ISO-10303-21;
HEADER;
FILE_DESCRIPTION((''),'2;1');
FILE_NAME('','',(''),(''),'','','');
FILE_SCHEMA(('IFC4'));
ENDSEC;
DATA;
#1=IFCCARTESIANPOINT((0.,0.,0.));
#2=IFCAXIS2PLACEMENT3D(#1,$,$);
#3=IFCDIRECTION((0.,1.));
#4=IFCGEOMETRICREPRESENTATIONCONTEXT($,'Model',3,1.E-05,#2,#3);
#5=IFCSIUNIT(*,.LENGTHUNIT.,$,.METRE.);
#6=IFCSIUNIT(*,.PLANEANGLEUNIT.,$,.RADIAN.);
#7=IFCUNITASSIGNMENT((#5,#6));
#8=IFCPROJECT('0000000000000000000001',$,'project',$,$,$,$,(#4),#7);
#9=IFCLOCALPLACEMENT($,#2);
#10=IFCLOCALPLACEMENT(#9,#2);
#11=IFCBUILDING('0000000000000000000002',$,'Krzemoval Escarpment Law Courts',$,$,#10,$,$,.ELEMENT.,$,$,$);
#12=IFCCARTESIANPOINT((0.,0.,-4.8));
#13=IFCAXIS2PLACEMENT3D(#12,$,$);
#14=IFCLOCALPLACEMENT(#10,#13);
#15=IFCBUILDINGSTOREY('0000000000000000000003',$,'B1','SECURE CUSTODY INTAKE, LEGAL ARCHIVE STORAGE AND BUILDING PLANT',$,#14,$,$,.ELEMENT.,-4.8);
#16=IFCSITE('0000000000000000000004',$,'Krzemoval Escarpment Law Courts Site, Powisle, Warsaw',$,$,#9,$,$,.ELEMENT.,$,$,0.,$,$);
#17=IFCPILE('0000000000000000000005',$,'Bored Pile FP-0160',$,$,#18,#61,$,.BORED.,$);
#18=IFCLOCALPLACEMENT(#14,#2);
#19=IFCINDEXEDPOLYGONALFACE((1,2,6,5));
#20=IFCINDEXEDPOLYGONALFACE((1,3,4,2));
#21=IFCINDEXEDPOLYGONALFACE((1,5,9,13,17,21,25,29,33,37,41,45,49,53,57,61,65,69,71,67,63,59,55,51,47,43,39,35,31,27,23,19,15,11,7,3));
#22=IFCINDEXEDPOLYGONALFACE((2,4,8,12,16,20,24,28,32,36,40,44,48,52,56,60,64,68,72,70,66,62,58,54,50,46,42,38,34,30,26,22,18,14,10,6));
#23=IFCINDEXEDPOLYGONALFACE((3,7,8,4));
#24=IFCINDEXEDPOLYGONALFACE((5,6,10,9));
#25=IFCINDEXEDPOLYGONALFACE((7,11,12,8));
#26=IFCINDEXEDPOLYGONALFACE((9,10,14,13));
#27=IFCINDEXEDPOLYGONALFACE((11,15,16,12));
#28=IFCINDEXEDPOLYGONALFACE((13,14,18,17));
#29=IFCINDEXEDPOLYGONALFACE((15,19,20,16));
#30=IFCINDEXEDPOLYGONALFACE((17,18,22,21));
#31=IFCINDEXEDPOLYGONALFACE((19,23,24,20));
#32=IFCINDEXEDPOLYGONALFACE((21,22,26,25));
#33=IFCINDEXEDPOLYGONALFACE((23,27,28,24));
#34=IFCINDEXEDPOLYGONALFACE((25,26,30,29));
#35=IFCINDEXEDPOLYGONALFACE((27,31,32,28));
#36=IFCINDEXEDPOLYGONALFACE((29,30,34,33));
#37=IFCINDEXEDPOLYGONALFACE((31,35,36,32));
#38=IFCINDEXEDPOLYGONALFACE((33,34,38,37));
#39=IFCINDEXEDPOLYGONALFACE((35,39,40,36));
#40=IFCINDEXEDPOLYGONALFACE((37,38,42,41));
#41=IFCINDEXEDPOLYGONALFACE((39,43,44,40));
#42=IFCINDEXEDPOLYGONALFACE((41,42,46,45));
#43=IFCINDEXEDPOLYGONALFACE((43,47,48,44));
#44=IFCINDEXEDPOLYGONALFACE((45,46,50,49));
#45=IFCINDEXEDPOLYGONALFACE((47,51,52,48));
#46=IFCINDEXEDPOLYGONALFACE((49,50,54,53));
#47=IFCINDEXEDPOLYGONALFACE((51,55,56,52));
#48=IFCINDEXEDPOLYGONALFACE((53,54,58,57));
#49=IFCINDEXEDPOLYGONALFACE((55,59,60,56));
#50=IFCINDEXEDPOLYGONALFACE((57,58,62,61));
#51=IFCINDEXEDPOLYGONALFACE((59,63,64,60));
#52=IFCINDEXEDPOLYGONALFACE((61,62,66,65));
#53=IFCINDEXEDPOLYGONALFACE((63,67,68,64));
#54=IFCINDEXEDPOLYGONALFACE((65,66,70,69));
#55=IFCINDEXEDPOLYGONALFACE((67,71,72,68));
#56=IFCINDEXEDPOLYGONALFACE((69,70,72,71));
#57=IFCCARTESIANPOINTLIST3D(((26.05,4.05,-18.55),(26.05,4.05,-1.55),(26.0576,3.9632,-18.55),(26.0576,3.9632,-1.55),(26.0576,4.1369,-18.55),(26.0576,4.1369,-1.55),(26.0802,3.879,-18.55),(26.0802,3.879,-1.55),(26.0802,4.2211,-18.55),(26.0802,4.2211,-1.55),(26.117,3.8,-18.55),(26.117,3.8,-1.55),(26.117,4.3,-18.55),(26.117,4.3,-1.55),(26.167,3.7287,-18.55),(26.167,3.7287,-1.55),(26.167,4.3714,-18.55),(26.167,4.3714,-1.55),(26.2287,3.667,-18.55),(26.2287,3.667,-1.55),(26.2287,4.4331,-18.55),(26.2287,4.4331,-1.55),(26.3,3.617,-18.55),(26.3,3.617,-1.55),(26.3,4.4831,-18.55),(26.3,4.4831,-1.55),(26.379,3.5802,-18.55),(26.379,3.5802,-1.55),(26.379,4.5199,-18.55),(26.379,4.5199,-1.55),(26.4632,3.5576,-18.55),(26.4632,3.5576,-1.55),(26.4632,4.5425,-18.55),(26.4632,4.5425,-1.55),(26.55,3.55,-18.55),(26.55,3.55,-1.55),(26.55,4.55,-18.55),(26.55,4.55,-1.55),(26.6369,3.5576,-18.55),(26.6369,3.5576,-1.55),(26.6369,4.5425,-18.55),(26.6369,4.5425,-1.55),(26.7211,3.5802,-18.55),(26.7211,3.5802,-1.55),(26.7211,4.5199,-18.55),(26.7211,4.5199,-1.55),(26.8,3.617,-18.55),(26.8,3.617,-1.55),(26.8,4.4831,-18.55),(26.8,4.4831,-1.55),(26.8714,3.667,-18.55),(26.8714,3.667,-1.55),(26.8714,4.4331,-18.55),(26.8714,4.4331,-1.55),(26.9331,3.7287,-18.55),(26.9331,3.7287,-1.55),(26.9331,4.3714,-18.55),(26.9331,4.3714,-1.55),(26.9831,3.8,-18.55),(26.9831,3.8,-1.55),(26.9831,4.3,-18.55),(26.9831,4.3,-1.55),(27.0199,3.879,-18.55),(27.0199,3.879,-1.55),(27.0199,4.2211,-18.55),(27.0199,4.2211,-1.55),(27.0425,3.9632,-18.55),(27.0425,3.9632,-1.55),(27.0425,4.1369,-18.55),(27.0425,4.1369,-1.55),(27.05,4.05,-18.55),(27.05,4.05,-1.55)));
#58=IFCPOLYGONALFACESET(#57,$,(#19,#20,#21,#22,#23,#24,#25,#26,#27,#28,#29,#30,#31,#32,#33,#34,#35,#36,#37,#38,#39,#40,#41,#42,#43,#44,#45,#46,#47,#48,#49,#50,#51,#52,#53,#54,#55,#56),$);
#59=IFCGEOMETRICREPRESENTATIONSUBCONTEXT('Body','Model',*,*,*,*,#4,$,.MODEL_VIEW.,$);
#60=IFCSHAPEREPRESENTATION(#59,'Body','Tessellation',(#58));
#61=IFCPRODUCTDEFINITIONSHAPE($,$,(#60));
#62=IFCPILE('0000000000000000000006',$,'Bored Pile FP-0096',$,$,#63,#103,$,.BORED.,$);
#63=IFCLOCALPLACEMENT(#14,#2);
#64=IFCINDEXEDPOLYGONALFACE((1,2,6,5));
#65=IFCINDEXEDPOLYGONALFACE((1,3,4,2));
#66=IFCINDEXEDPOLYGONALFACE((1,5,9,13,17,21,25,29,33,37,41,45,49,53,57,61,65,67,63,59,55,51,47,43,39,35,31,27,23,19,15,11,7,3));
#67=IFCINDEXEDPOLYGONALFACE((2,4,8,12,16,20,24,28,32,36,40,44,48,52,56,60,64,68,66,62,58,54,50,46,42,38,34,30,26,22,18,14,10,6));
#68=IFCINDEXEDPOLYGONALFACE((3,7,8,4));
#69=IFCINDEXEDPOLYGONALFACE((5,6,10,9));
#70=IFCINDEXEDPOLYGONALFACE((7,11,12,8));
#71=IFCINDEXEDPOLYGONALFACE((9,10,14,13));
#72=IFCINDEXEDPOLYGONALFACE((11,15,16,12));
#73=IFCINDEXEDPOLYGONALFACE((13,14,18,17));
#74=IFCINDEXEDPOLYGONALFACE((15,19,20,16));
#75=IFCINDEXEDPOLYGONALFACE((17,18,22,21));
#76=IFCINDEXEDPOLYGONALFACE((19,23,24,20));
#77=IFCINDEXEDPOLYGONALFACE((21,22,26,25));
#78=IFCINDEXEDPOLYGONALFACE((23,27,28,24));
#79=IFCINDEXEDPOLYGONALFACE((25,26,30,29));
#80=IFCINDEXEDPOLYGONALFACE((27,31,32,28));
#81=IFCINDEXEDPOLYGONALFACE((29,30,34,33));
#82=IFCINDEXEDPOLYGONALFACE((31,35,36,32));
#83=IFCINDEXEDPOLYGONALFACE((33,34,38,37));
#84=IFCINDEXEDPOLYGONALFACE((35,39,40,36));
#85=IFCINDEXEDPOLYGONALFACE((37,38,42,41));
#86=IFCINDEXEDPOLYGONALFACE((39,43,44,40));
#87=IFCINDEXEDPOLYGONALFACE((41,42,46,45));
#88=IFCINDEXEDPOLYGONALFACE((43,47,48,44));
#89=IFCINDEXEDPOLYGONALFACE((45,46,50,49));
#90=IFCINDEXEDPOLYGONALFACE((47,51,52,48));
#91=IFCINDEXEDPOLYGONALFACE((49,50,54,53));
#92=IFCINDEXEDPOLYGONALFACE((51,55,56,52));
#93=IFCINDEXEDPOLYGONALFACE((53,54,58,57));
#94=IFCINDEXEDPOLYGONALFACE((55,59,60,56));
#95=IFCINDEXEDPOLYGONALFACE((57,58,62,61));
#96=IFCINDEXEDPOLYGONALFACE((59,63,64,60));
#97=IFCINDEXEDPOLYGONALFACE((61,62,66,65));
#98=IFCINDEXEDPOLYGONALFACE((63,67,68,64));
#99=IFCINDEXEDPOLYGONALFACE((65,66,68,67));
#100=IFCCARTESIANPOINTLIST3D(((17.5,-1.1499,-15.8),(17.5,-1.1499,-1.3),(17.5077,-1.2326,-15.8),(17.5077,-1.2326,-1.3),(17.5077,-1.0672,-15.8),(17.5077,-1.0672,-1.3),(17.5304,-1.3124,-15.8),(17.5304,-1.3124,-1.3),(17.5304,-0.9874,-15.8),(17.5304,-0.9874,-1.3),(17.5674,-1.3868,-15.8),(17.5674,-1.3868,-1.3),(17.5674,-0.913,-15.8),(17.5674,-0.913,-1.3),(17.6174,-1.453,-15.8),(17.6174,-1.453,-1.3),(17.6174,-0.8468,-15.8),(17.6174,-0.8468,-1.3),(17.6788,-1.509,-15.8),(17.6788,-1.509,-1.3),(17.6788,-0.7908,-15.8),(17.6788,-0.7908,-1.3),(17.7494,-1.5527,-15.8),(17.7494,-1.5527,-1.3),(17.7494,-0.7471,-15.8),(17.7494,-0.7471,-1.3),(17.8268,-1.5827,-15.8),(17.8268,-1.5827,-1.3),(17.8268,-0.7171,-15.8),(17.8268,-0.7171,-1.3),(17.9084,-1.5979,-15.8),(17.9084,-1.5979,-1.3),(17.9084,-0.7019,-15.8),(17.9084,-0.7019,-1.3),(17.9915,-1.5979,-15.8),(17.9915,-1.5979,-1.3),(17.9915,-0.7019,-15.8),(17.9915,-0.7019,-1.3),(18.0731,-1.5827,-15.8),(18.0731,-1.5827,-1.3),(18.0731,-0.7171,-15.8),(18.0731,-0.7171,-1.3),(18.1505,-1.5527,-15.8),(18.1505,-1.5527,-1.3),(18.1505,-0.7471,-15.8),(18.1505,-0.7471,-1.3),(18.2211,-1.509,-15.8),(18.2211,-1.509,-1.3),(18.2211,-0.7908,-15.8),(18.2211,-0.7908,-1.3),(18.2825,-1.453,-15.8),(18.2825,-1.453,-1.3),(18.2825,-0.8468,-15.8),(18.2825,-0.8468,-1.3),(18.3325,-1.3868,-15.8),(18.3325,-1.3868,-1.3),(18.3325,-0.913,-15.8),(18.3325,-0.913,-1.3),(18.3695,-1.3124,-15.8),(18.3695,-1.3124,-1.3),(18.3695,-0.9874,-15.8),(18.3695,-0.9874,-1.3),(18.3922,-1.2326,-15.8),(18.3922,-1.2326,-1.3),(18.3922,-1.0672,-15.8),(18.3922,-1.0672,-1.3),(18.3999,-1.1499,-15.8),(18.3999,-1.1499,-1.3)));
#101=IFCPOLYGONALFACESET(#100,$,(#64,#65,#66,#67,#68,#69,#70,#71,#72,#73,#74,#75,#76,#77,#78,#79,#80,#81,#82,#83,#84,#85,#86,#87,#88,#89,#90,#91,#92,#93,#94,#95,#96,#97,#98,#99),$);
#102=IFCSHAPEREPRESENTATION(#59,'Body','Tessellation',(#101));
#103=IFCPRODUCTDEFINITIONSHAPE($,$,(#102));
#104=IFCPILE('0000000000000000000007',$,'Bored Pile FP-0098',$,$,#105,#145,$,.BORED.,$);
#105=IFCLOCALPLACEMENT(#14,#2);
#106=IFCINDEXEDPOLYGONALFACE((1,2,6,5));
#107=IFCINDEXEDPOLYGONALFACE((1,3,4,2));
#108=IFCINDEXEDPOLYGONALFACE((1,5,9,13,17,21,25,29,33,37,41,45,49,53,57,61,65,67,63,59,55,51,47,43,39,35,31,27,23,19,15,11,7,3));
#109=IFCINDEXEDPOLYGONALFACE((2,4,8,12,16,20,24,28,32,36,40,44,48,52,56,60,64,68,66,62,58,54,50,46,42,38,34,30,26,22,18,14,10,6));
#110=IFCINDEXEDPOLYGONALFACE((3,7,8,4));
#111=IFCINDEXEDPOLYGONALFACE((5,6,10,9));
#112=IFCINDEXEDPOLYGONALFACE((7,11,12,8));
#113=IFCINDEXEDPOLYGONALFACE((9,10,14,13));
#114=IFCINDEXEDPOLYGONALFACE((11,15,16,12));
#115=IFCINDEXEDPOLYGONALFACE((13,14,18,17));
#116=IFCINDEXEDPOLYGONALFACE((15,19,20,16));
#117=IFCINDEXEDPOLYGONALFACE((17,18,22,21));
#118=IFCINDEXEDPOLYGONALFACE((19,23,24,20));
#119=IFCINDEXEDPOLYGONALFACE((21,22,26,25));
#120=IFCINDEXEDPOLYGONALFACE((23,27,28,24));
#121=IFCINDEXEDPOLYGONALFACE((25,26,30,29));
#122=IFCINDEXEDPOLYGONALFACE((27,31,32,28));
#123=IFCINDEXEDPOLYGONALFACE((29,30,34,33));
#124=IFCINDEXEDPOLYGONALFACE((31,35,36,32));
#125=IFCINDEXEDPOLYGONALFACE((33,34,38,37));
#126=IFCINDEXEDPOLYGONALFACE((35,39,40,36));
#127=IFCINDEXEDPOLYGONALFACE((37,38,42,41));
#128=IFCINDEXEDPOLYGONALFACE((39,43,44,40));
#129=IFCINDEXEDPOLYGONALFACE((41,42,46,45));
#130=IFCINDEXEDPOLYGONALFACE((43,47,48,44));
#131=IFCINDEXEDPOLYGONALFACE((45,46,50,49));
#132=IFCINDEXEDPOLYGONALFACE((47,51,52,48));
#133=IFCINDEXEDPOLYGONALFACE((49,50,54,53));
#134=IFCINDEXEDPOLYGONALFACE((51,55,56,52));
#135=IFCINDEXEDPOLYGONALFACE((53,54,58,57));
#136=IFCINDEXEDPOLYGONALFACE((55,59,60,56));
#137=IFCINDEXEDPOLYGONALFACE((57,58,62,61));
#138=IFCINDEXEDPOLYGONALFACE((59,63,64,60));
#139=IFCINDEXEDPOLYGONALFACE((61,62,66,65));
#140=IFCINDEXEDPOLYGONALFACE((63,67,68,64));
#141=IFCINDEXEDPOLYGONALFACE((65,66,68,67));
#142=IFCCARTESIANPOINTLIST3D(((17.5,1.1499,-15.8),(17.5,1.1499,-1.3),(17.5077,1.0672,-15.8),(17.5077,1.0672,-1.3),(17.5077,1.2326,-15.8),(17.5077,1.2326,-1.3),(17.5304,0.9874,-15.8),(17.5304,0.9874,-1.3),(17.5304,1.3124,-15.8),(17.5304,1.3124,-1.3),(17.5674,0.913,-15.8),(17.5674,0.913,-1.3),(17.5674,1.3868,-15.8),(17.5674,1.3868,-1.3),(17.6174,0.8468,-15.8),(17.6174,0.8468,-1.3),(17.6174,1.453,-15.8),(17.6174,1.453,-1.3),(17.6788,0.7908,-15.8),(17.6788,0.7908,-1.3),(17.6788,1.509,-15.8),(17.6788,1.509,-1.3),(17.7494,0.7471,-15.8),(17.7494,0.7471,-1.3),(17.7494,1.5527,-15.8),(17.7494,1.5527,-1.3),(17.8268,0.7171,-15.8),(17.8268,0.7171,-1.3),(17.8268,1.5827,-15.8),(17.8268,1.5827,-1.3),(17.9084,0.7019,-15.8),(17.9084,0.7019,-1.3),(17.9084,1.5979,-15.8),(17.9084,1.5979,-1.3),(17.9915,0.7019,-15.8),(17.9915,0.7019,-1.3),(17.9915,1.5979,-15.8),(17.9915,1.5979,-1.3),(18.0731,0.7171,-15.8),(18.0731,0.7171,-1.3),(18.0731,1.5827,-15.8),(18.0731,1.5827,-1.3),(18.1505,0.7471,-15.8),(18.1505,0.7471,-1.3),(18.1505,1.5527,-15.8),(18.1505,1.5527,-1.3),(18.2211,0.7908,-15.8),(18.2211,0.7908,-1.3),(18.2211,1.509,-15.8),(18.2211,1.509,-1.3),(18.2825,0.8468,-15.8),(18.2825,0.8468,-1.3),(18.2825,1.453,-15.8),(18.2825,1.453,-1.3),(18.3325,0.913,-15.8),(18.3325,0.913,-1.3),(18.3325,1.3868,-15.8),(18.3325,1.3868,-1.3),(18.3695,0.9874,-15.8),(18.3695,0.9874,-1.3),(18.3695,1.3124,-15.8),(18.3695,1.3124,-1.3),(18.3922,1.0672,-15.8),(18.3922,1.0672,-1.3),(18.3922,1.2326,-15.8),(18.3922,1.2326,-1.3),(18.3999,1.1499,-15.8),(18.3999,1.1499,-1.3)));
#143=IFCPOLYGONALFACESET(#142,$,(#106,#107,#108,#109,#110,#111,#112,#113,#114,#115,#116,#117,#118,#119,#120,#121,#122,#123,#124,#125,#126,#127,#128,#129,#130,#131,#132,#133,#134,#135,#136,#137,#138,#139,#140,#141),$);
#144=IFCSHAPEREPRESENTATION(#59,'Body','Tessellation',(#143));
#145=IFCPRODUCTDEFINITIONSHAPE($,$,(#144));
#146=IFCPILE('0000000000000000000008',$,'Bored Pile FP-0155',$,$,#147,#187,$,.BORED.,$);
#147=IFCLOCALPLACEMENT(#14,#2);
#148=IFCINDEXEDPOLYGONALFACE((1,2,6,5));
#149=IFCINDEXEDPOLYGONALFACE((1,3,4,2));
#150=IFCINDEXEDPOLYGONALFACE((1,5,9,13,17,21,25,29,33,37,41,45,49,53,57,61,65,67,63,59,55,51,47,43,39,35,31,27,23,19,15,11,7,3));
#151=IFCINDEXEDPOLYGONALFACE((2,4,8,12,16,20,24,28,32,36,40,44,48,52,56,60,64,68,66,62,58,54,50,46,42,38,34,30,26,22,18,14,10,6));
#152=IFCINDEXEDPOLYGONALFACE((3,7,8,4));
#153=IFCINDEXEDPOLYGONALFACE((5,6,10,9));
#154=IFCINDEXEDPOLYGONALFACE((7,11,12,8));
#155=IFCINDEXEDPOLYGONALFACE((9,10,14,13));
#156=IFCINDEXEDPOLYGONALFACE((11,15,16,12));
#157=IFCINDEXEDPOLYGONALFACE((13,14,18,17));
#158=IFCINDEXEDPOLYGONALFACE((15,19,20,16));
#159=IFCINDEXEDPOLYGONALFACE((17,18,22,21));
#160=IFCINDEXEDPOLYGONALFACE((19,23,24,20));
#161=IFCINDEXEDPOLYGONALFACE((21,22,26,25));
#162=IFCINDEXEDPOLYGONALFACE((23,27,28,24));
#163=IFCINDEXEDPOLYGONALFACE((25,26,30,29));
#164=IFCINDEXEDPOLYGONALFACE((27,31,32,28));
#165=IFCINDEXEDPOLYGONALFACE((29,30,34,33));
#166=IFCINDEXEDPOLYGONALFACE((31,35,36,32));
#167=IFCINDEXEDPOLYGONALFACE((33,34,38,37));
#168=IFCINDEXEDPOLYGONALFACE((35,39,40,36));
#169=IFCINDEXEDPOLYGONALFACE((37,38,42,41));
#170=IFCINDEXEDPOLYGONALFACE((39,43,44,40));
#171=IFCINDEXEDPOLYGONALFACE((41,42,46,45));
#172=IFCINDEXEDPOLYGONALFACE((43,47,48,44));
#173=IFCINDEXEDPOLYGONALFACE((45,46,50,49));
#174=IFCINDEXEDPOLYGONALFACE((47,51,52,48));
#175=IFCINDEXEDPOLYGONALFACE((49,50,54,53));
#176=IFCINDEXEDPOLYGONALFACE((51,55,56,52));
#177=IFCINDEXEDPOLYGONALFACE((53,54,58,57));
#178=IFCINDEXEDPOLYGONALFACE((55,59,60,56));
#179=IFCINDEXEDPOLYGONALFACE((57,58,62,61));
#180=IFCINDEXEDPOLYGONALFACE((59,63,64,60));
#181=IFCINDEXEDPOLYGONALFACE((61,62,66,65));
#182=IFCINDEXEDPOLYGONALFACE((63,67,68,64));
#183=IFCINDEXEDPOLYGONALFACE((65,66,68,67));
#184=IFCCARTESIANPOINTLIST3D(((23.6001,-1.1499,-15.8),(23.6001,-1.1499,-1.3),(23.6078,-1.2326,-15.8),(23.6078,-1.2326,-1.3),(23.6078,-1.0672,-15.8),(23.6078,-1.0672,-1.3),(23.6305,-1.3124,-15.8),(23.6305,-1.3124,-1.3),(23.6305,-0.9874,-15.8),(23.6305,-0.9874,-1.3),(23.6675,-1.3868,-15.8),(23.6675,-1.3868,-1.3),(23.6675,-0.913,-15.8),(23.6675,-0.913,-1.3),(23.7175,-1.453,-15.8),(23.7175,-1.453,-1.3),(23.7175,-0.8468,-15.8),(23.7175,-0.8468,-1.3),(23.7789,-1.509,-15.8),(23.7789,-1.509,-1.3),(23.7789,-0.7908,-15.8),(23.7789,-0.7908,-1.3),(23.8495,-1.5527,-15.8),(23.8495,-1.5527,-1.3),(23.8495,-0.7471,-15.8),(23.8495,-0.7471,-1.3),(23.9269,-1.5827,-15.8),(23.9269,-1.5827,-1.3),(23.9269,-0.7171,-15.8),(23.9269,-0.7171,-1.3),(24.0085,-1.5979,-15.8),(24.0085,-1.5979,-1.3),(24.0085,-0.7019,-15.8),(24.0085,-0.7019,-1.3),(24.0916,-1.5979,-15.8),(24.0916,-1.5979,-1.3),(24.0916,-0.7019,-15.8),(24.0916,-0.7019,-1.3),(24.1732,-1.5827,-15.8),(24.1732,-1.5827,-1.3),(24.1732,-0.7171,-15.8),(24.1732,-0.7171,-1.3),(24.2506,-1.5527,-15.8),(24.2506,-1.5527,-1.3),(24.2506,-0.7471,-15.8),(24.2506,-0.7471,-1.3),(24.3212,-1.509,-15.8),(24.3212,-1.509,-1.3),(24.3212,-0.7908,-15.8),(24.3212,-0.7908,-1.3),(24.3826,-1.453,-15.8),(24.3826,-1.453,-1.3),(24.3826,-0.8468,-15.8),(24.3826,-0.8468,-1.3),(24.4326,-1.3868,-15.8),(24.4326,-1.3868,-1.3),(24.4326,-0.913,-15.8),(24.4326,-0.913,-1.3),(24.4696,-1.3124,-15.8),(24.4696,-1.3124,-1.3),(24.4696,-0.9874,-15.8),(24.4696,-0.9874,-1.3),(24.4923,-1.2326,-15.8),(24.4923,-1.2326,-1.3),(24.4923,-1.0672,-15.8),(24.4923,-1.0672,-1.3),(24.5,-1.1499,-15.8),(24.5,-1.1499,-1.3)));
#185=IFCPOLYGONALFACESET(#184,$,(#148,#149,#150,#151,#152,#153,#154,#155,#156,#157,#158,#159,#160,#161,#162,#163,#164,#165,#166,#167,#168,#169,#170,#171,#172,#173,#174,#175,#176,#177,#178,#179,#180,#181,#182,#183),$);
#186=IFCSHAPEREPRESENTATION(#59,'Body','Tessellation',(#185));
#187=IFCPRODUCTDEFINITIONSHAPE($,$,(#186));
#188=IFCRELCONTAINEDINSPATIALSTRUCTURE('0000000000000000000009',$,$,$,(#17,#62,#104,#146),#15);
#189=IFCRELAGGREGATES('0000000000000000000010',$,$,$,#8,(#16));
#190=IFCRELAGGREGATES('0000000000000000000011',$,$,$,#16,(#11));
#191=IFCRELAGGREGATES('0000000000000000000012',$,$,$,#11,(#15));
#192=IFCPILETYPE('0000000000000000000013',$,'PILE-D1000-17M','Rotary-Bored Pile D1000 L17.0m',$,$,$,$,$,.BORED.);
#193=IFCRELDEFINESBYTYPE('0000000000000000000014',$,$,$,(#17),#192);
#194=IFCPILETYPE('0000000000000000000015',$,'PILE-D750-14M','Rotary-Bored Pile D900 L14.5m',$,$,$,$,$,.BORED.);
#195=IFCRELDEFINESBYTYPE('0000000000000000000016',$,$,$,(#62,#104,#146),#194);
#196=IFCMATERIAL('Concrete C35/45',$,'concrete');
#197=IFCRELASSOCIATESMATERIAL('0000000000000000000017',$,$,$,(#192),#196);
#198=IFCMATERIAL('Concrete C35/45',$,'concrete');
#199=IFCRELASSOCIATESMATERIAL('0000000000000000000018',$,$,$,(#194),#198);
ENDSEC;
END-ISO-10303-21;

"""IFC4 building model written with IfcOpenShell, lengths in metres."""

from ifc_helpers import new_model, si_unit, direction, frame, origin, origin_2d, place, context, subcontext, project, spatial, circle, extrude, material, material_profile, profile_set, type_object, element, save


model = new_model("IFC4")

# Units and contexts
model_context = context("Model", 3, precision=1e-05, world=origin(), true_north=direction((0.0, 1.0)))
body_context = subcontext(model_context, "Body", "Model", "MODEL_VIEW")
ifc_project = project(units=[si_unit("LENGTHUNIT", "METRE"), si_unit("PLANEANGLEUNIT", "RADIAN")], contexts=[model_context])

# Site, building, storey
site_placement = place(None, origin())
site = spatial("IfcSite", under=ifc_project, at=site_placement, Name="Krzemoval Escarpment Law Courts Site, Powisle, Warsaw", CompositionType="ELEMENT", RefElevation=0.0)
building_placement = place(site_placement, origin())
building = spatial("IfcBuilding", under=site, at=building_placement, Name="Krzemoval Escarpment Law Courts", CompositionType="ELEMENT")
storey_placement = place(building_placement, frame((0.0, 0.0, -4.8)))
storey = spatial("IfcBuildingStorey", under=building, at=storey_placement, Name="B1", Description="SECURE CUSTODY INTAKE, LEGAL ARCHIVE STORAGE AND BUILDING PLANT", CompositionType="ELEMENT", Elevation=-4.8)

# Piles
ifc_material_1 = material(Name="Concrete C35/45", Category="concrete")
ifc_material_profile_1 = material_profile(ifc_material_1, circle(Radius=0.5, at=origin_2d()), Name="PILE D1000")
ifc_profile_set_1 = profile_set([ifc_material_profile_1], Name="Concrete C35/45")
pile_type_1 = type_object("IfcPileType", Name="PILE-D1000-17M", Description="Rotary-Bored Pile D1000 L17.0m", PredefinedType="BORED", material=ifc_profile_set_1)
for number, where, z_axis, x_axis, name in (
    (1, (26.55, 4.05, -1.55), (0.0, 0.0, -1.0), (1.0, 0.0, 0.0), "Bored Pile FP-0160"),
):
    element("IfcPile", number, at=place(storey_placement, frame(where, z_axis=z_axis, x_axis=x_axis)), inside=storey, type_object=pile_type_1, Name=name, PredefinedType="BORED", context=body_context, shape_type="SweptSolid", body=[
        extrude(circle(Radius=0.5, at=origin_2d()), origin(), (0.0, 0.0, 1.0), 17.0),
    ])
ifc_material_2 = material(Name="Concrete C35/45", Category="concrete")
ifc_material_profile_2 = material_profile(ifc_material_2, circle(Radius=0.45, at=origin_2d()), Name="PILE D900")
ifc_profile_set_2 = profile_set([ifc_material_profile_2], Name="Concrete C35/45")
pile_type_2 = type_object("IfcPileType", Name="PILE-D750-14M", Description="Rotary-Bored Pile D900 L14.5m", PredefinedType="BORED", material=ifc_profile_set_2)
for number, where, z_axis, x_axis, name in (
    (2, (17.95, -1.1499, -1.3), (0.0, 0.0, -1.0), (1.0, 0.0, 0.0), "Bored Pile FP-0096"),
    (3, (17.95, 1.1499, -1.3), (0.0, 0.0, -1.0), (1.0, 0.0, 0.0), "Bored Pile FP-0098"),
    (4, (24.05, -1.1499, -1.3), (0.0, 0.0, -1.0), (1.0, 0.0, 0.0), "Bored Pile FP-0155"),
):
    element("IfcPile", number, at=place(storey_placement, frame(where, z_axis=z_axis, x_axis=x_axis)), inside=storey, type_object=pile_type_2, Name=name, PredefinedType="BORED", context=body_context, shape_type="SweptSolid", body=[
        extrude(circle(Radius=0.45, at=origin_2d()), origin(), (0.0, 0.0, 1.0), 14.5),
    ])

save(model, "model.ifc")
